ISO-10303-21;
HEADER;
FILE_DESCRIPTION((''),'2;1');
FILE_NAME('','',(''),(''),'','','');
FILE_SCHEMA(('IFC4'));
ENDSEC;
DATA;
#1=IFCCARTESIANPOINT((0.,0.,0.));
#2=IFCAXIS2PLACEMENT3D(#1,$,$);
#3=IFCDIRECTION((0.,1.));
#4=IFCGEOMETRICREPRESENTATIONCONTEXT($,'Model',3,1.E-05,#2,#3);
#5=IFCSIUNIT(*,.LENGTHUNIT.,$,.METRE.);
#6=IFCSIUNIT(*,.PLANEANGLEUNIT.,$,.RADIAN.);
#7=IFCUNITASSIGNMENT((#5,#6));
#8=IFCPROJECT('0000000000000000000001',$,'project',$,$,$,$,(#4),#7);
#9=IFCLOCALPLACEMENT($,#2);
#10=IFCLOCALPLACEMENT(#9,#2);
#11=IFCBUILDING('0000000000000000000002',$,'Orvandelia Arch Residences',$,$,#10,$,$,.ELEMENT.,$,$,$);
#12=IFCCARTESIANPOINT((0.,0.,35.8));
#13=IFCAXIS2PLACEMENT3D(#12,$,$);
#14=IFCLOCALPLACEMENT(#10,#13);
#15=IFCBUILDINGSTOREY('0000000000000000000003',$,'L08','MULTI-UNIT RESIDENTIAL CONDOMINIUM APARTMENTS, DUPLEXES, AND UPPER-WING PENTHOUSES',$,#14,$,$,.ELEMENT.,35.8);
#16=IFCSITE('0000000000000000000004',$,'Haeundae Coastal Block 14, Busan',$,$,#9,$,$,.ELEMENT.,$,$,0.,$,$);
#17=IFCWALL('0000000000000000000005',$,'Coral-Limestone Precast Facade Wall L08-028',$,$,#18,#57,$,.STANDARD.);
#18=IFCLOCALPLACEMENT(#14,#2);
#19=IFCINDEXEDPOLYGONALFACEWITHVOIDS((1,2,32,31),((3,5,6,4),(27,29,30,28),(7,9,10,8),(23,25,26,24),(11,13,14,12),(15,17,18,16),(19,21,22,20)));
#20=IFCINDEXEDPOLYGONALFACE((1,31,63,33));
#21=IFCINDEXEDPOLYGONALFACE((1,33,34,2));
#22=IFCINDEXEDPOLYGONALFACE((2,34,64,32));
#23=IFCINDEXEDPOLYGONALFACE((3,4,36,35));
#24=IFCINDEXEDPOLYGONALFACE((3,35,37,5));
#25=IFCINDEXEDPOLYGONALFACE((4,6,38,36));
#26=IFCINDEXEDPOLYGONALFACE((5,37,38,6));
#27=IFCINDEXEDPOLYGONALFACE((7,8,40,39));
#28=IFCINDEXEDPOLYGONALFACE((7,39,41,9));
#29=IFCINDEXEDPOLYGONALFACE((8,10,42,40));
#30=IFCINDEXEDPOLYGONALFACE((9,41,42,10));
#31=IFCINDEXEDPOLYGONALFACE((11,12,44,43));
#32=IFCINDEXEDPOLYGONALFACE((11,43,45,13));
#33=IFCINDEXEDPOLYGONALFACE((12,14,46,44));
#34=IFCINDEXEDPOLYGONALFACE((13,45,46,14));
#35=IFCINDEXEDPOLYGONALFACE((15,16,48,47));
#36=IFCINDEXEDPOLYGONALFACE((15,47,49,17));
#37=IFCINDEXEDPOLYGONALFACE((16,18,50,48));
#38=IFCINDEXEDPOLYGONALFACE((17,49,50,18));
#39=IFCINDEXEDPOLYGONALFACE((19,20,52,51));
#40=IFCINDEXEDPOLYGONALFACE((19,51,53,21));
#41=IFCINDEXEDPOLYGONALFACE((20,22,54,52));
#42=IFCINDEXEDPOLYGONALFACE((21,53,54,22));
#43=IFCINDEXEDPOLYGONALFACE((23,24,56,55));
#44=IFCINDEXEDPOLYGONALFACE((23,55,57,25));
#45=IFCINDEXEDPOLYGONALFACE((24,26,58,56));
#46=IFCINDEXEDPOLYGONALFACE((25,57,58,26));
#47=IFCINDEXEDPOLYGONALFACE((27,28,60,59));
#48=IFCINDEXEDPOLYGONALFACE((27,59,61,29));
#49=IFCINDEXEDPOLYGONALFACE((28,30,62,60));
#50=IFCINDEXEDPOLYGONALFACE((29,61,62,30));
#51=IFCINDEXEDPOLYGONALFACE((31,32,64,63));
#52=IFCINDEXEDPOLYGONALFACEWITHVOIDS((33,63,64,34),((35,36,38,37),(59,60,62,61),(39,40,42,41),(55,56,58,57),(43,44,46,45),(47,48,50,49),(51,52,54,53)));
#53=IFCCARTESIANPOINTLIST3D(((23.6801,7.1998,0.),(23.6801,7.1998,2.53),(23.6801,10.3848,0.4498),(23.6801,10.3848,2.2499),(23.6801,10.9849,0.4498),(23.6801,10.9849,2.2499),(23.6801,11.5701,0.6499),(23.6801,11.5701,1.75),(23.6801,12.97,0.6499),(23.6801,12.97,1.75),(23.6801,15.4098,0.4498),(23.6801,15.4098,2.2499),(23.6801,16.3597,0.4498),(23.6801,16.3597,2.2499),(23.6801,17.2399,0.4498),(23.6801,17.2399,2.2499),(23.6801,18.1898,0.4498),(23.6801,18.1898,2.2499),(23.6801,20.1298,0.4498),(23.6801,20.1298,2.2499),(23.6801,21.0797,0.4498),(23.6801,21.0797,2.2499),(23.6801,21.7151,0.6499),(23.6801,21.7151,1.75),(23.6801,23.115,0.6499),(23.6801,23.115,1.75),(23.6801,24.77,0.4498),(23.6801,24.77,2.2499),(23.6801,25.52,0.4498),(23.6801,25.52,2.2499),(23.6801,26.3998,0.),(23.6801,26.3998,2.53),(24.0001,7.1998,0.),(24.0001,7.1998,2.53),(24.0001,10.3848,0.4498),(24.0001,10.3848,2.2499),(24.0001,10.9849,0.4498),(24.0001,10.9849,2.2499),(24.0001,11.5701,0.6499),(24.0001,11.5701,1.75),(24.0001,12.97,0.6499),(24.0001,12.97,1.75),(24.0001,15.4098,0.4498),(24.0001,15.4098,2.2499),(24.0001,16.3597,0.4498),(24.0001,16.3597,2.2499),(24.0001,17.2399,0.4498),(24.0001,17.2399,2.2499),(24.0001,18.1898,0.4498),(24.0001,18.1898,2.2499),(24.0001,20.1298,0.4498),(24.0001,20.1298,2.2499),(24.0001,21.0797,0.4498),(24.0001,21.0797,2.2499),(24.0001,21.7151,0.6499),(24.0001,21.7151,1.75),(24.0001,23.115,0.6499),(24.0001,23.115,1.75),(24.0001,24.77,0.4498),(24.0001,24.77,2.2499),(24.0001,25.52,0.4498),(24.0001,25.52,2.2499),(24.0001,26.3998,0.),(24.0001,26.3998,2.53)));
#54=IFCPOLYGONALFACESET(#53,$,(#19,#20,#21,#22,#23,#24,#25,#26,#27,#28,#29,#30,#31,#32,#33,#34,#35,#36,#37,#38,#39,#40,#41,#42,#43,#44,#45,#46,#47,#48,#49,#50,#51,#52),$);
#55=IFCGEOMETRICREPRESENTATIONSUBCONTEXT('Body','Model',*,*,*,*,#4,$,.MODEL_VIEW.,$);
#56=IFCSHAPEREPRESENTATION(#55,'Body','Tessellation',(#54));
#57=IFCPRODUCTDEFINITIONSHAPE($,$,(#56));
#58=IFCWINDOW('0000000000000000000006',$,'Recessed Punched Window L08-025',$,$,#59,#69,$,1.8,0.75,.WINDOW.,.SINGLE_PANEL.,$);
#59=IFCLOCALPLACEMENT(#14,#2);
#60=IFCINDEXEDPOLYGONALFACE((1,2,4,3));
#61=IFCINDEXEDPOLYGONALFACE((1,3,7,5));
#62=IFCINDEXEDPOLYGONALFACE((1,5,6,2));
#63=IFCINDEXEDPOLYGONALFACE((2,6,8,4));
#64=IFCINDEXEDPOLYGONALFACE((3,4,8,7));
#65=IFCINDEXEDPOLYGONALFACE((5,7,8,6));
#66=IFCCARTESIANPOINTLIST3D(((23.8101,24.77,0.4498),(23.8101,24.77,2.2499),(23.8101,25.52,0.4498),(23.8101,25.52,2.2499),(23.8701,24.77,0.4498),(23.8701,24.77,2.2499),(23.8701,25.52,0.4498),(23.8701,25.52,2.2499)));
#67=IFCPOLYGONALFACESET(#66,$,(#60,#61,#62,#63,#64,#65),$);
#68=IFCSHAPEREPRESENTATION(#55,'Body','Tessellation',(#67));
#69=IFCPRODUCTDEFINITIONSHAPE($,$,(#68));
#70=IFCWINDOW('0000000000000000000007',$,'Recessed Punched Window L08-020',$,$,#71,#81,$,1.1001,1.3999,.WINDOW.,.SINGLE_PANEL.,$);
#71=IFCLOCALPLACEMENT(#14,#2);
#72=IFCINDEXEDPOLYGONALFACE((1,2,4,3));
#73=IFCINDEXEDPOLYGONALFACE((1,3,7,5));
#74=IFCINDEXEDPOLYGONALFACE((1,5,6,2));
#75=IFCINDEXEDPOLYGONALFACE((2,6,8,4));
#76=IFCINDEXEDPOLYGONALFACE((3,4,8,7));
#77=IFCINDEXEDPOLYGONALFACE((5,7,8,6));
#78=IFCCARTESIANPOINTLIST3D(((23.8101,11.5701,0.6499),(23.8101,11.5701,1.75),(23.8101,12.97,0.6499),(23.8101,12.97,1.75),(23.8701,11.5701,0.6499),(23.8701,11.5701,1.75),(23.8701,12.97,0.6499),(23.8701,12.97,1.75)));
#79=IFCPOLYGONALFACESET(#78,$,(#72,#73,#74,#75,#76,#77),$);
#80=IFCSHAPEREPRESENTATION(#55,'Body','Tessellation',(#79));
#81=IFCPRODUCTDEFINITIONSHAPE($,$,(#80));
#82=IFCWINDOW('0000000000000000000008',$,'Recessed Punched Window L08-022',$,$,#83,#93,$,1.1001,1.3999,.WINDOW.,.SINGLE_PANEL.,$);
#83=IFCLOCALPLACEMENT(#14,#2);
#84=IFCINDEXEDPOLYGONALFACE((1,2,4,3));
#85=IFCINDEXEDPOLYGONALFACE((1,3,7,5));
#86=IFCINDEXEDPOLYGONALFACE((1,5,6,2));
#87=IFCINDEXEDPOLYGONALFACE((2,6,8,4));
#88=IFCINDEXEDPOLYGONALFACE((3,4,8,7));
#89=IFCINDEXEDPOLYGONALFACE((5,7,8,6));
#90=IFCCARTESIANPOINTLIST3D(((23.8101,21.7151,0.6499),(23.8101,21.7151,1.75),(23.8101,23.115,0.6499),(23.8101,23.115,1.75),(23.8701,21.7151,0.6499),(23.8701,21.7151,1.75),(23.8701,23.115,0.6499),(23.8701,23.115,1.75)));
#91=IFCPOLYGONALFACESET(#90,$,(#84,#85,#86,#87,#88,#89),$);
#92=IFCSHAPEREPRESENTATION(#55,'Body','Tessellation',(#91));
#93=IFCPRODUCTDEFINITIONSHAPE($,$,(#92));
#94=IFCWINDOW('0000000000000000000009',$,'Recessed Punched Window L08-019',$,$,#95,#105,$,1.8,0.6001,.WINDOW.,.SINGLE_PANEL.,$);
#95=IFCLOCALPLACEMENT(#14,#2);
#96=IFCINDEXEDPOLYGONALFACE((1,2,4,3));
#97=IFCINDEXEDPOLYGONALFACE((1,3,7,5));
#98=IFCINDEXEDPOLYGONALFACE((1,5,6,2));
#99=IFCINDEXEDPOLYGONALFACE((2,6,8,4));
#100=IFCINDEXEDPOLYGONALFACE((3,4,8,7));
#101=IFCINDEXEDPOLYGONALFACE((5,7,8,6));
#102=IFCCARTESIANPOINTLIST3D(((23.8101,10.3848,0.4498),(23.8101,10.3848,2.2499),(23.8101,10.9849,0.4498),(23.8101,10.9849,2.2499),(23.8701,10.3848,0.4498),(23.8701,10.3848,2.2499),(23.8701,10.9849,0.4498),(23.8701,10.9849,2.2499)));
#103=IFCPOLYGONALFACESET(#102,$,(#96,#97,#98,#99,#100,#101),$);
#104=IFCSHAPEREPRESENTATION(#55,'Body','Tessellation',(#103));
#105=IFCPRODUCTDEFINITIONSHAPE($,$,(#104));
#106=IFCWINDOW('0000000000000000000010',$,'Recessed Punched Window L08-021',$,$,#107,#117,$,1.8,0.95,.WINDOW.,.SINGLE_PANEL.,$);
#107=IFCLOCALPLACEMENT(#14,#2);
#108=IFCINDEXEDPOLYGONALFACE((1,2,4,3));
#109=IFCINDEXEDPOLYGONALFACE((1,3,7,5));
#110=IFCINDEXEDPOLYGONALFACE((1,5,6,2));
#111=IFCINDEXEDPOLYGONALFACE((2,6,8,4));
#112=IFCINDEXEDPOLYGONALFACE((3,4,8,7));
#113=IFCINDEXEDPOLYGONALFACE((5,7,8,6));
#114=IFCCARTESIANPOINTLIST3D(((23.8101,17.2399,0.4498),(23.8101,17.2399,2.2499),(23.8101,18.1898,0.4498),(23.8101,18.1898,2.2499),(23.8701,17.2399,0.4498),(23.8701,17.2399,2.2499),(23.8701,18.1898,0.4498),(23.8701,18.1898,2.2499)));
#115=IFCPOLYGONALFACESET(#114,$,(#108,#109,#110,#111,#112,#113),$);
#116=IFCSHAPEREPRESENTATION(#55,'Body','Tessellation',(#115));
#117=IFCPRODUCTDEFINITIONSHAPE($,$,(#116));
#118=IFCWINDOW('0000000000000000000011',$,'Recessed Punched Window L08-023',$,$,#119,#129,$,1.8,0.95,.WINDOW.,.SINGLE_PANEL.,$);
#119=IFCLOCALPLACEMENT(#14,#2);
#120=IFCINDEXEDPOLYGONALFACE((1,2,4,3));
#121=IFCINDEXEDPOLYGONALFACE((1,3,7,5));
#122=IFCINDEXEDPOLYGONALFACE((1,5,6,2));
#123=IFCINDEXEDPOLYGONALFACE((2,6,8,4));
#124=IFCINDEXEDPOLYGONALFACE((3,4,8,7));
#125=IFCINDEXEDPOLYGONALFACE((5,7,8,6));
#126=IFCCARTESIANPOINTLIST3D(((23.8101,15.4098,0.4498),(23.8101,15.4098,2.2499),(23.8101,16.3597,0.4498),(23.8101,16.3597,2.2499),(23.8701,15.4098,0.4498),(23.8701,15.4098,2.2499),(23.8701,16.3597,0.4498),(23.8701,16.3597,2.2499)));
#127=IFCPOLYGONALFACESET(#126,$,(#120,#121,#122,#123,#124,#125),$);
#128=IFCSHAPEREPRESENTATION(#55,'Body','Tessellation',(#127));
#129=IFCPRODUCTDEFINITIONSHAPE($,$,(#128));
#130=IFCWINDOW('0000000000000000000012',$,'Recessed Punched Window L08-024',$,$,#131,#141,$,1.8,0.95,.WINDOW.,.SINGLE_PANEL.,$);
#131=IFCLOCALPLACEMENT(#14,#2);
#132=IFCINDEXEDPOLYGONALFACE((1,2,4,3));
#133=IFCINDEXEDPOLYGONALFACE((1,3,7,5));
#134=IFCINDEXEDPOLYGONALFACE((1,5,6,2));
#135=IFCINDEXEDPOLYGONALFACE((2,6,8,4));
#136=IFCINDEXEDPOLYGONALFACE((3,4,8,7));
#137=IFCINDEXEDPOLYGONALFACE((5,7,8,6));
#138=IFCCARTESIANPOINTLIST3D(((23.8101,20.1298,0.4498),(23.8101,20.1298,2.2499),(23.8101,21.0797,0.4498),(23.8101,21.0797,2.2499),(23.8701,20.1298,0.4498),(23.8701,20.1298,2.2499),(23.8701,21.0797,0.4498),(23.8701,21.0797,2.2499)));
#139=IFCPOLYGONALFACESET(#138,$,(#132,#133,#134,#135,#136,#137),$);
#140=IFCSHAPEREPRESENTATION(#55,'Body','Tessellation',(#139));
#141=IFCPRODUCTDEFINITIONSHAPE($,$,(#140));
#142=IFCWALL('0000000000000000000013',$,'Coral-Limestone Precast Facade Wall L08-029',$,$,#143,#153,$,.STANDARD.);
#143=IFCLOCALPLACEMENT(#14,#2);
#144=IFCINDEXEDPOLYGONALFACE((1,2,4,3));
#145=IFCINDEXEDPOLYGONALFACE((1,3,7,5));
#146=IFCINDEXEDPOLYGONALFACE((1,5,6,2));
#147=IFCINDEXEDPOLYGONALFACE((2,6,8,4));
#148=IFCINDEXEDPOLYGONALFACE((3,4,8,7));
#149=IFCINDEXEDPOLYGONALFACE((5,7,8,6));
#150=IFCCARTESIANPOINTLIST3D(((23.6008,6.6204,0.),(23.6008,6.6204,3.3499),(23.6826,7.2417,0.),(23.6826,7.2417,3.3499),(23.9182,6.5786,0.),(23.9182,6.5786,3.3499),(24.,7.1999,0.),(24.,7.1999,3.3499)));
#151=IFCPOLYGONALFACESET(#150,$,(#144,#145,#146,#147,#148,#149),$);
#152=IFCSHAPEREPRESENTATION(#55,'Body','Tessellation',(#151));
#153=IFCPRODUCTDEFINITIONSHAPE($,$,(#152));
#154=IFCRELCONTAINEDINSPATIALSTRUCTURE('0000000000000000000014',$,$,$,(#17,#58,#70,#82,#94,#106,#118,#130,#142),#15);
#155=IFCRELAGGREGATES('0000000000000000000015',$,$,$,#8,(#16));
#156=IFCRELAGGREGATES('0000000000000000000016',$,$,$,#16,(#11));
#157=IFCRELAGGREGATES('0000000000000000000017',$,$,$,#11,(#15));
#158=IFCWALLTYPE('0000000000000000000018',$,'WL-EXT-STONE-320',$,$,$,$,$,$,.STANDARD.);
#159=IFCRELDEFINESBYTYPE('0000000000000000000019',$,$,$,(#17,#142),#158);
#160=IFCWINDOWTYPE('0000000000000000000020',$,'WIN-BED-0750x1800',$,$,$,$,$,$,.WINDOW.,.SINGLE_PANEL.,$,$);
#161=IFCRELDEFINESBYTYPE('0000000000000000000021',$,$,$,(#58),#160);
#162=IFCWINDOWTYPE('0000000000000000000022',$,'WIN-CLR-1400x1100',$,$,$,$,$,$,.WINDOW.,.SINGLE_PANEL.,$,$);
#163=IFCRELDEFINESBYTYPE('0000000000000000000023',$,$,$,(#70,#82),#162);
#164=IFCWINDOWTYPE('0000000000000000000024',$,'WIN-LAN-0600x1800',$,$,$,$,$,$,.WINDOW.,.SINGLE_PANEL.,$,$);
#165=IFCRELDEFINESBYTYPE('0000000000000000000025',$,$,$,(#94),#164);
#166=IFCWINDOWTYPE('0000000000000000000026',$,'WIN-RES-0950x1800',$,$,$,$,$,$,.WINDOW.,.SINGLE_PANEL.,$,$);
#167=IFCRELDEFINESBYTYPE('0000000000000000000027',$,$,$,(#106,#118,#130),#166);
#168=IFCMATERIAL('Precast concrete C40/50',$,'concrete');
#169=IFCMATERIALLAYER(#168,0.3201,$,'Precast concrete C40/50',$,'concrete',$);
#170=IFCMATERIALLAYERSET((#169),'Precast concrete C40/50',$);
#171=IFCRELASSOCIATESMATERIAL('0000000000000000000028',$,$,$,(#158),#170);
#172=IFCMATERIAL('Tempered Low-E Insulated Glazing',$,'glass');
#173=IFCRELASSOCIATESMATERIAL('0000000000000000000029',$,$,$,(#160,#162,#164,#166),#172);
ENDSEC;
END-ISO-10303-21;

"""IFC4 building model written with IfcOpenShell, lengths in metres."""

from ifc_helpers import new_model, si_unit, direction, frame, frame_2d, origin, place, context, subcontext, project, spatial, rectangle, extrude, material, layer, layer_set, type_object, element, fill, save


model = new_model("IFC4")

# Units and contexts
model_context = context("Model", 3, precision=1e-05, world=origin(), true_north=direction((0.0, 1.0)))
body_context = subcontext(model_context, "Body", "Model", "MODEL_VIEW")
ifc_project = project(units=[si_unit("LENGTHUNIT", "METRE"), si_unit("PLANEANGLEUNIT", "RADIAN")], contexts=[model_context])

# Site, building, storey
site_placement = place(None, origin())
site = spatial("IfcSite", under=ifc_project, at=site_placement, Name="Haeundae Coastal Block 14, Busan", CompositionType="ELEMENT", RefElevation=0.0)
building_placement = place(site_placement, origin())
building = spatial("IfcBuilding", under=site, at=building_placement, Name="Orvandelia Arch Residences", CompositionType="ELEMENT")
storey_placement = place(building_placement, frame((0.0, 0.0, 35.8)))
storey = spatial("IfcBuildingStorey", under=building, at=storey_placement, Name="L08", Description="MULTI-UNIT RESIDENTIAL CONDOMINIUM APARTMENTS, DUPLEXES, AND UPPER-WING PENTHOUSES", CompositionType="ELEMENT", Elevation=35.8)

# Shared definitions
ifc_material_1 = material(Name="Precast concrete C40/50", Category="concrete")
ifc_layer = layer(ifc_material_1, 0.3201, Name="Precast concrete C40/50", Category="concrete")
ifc_layer_set = layer_set([ifc_layer], Name="Precast concrete C40/50")
wall_type = type_object("IfcWallType", Name="WL-EXT-STONE-320", PredefinedType="STANDARD", material=ifc_layer_set)

# Wall, openings, windows
wall_1_placement = place(storey_placement, frame((23.8401, 26.3999, 0.0), z_axis=(0.0, 0.0, 1.0), x_axis=(0.0, -1.0, 0.0)))
wall_1 = element("IfcWall", 1, at=wall_1_placement, inside=storey, type_object=wall_type, Name="Coral-Limestone Precast Facade Wall L08-028", PredefinedType="STANDARD", context=body_context, shape_type="SweptSolid", body=[
    extrude(rectangle(XDim=19.2, YDim=0.3201, at=frame_2d((9.6001, 0.0))), origin(), (0.0, 0.0, 1.0), 2.53),
])
opening_1_placement = place(wall_1_placement, frame((15.415, 0.0, 0.45)))
opening_1 = element("IfcOpeningElement", 2, at=opening_1_placement, cuts=wall_1, PredefinedType="OPENING", context=body_context, shape_type="SweptSolid", body=[
    extrude(rectangle(XDim=0.6001, YDim=1.8, at=frame_2d((0.3, 0.8999))), frame((0.0, 0.1699, 0.0), z_axis=(0.0, -1.0, 0.0), x_axis=(1.0, 0.0, 0.0)), (0.0, 0.0, 1.0), 0.3401),
])
opening_2_placement = place(wall_1_placement, frame((13.4299, 0.0, 0.6499)))
opening_2 = element("IfcOpeningElement", 3, at=opening_2_placement, cuts=wall_1, PredefinedType="OPENING", context=body_context, shape_type="SweptSolid", body=[
    extrude(rectangle(XDim=1.3999, YDim=1.1001, at=frame_2d((0.7, 0.55))), frame((0.0, 0.1699, 0.0), z_axis=(0.0, -1.0, 0.0), x_axis=(1.0, 0.0, 0.0)), (0.0, 0.0, 1.0), 0.3401),
])
opening_3_placement = place(wall_1_placement, frame((8.21, 0.0, 0.45)))
opening_3 = element("IfcOpeningElement", 4, at=opening_3_placement, cuts=wall_1, PredefinedType="OPENING", context=body_context, shape_type="SweptSolid", body=[
    extrude(rectangle(XDim=0.95, YDim=1.8, at=frame_2d((0.4751, 0.8999))), frame((0.0, 0.1699, 0.0), z_axis=(0.0, -1.0, 0.0), x_axis=(1.0, 0.0, 0.0)), (0.0, 0.0, 1.0), 0.3401),
])
opening_4_placement = place(wall_1_placement, frame((3.2849, 0.0, 0.6499)))
opening_4 = element("IfcOpeningElement", 5, at=opening_4_placement, cuts=wall_1, PredefinedType="OPENING", context=body_context, shape_type="SweptSolid", body=[
    extrude(rectangle(XDim=1.3999, YDim=1.1001, at=frame_2d((0.7, 0.55))), frame((0.0, 0.1699, 0.0), z_axis=(0.0, -1.0, 0.0), x_axis=(1.0, 0.0, 0.0)), (0.0, 0.0, 1.0), 0.3401),
])
opening_5_placement = place(wall_1_placement, frame((10.04, 0.0, 0.45)))
opening_5 = element("IfcOpeningElement", 6, at=opening_5_placement, cuts=wall_1, PredefinedType="OPENING", context=body_context, shape_type="SweptSolid", body=[
    extrude(rectangle(XDim=0.95, YDim=1.8, at=frame_2d((0.4751, 0.8999))), frame((0.0, 0.1699, 0.0), z_axis=(0.0, -1.0, 0.0), x_axis=(1.0, 0.0, 0.0)), (0.0, 0.0, 1.0), 0.3401),
])
opening_6_placement = place(wall_1_placement, frame((5.3201, 0.0, 0.45)))
opening_6 = element("IfcOpeningElement", 7, at=opening_6_placement, cuts=wall_1, PredefinedType="OPENING", context=body_context, shape_type="SweptSolid", body=[
    extrude(rectangle(XDim=0.95, YDim=1.8, at=frame_2d((0.4751, 0.8999))), frame((0.0, 0.1699, 0.0), z_axis=(0.0, -1.0, 0.0), x_axis=(1.0, 0.0, 0.0)), (0.0, 0.0, 1.0), 0.3401),
])
opening_7_placement = place(wall_1_placement, frame((0.8799, 0.0, 0.45)))
opening_7 = element("IfcOpeningElement", 8, at=opening_7_placement, cuts=wall_1, PredefinedType="OPENING", context=body_context, shape_type="SweptSolid", body=[
    extrude(rectangle(XDim=0.75, YDim=1.8, at=frame_2d((0.375, 0.8999))), frame((0.0, 0.1699, 0.0), z_axis=(0.0, -1.0, 0.0), x_axis=(1.0, 0.0, 0.0)), (0.0, 0.0, 1.0), 0.3401),
])
ifc_material_2 = material(Name="Tempered Low-E Insulated Glazing", Category="glass")
window_type_1 = type_object("IfcWindowType", Name="WIN-BED-0750x1800", PartitioningType="SINGLE_PANEL", PredefinedType="WINDOW", material=ifc_material_2)
window_1_placement = place(opening_7_placement, origin())
window_1 = element("IfcWindow", 9, at=window_1_placement, inside=storey, type_object=window_type_1, Name="Recessed Punched Window L08-025", OverallHeight=1.8, OverallWidth=0.75, PartitioningType="SINGLE_PANEL", PredefinedType="WINDOW", context=body_context, shape_type="SweptSolid", body=[
    extrude(rectangle(XDim=0.75, YDim=1.8, at=frame_2d((0.375, 0.8999))), frame((0.0, 0.03, 0.0), z_axis=(0.0, -1.0, 0.0), x_axis=(1.0, 0.0, 0.0)), (0.0, 0.0, 1.0), 0.0601),
])
fill(opening_7, window_1)
window_type_2 = type_object("IfcWindowType", Name="WIN-CLR-1400x1100", PartitioningType="SINGLE_PANEL", PredefinedType="WINDOW", material=ifc_material_2)
window_2_placement = place(opening_2_placement, origin())
window_2 = element("IfcWindow", 10, at=window_2_placement, inside=storey, type_object=window_type_2, Name="Recessed Punched Window L08-020", OverallHeight=1.1001, OverallWidth=1.3999, PartitioningType="SINGLE_PANEL", PredefinedType="WINDOW", context=body_context, shape_type="SweptSolid", body=[
    extrude(rectangle(XDim=1.3999, YDim=1.1001, at=frame_2d((0.7, 0.55))), frame((0.0, 0.03, 0.0), z_axis=(0.0, -1.0, 0.0), x_axis=(1.0, 0.0, 0.0)), (0.0, 0.0, 1.0), 0.0601),
])
fill(opening_2, window_2)
window_3_placement = place(opening_4_placement, origin())
window_3 = element("IfcWindow", 11, at=window_3_placement, inside=storey, type_object=window_type_2, Name="Recessed Punched Window L08-022", OverallHeight=1.1001, OverallWidth=1.3999, PartitioningType="SINGLE_PANEL", PredefinedType="WINDOW", context=body_context, shape_type="SweptSolid", body=[
    extrude(rectangle(XDim=1.3999, YDim=1.1001, at=frame_2d((0.7, 0.55))), frame((0.0, 0.03, 0.0), z_axis=(0.0, -1.0, 0.0), x_axis=(1.0, 0.0, 0.0)), (0.0, 0.0, 1.0), 0.0601),
])
fill(opening_4, window_3)
window_type_3 = type_object("IfcWindowType", Name="WIN-LAN-0600x1800", PartitioningType="SINGLE_PANEL", PredefinedType="WINDOW", material=ifc_material_2)
window_4_placement = place(opening_1_placement, origin())
window_4 = element("IfcWindow", 12, at=window_4_placement, inside=storey, type_object=window_type_3, Name="Recessed Punched Window L08-019", OverallHeight=1.8, OverallWidth=0.6001, PartitioningType="SINGLE_PANEL", PredefinedType="WINDOW", context=body_context, shape_type="SweptSolid", body=[
    extrude(rectangle(XDim=0.6001, YDim=1.8, at=frame_2d((0.3, 0.8999))), frame((0.0, 0.03, 0.0), z_axis=(0.0, -1.0, 0.0), x_axis=(1.0, 0.0, 0.0)), (0.0, 0.0, 1.0), 0.0601),
])
fill(opening_1, window_4)
window_type_4 = type_object("IfcWindowType", Name="WIN-RES-0950x1800", PartitioningType="SINGLE_PANEL", PredefinedType="WINDOW", material=ifc_material_2)
window_5_placement = place(opening_3_placement, origin())
window_5 = element("IfcWindow", 13, at=window_5_placement, inside=storey, type_object=window_type_4, Name="Recessed Punched Window L08-021", OverallHeight=1.8, OverallWidth=0.95, PartitioningType="SINGLE_PANEL", PredefinedType="WINDOW", context=body_context, shape_type="SweptSolid", body=[
    extrude(rectangle(XDim=0.95, YDim=1.8, at=frame_2d((0.4751, 0.8999))), frame((0.0, 0.03, 0.0), z_axis=(0.0, -1.0, 0.0), x_axis=(1.0, 0.0, 0.0)), (0.0, 0.0, 1.0), 0.0601),
])
fill(opening_3, window_5)
window_6_placement = place(opening_5_placement, origin())
window_6 = element("IfcWindow", 14, at=window_6_placement, inside=storey, type_object=window_type_4, Name="Recessed Punched Window L08-023", OverallHeight=1.8, OverallWidth=0.95, PartitioningType="SINGLE_PANEL", PredefinedType="WINDOW", context=body_context, shape_type="SweptSolid", body=[
    extrude(rectangle(XDim=0.95, YDim=1.8, at=frame_2d((0.4751, 0.8999))), frame((0.0, 0.03, 0.0), z_axis=(0.0, -1.0, 0.0), x_axis=(1.0, 0.0, 0.0)), (0.0, 0.0, 1.0), 0.0601),
])
fill(opening_5, window_6)
window_7_placement = place(opening_6_placement, origin())
window_7 = element("IfcWindow", 15, at=window_7_placement, inside=storey, type_object=window_type_4, Name="Recessed Punched Window L08-024", OverallHeight=1.8, OverallWidth=0.95, PartitioningType="SINGLE_PANEL", PredefinedType="WINDOW", context=body_context, shape_type="SweptSolid", body=[
    extrude(rectangle(XDim=0.95, YDim=1.8, at=frame_2d((0.4751, 0.8999))), frame((0.0, 0.03, 0.0), z_axis=(0.0, -1.0, 0.0), x_axis=(1.0, 0.0, 0.0)), (0.0, 0.0, 1.0), 0.0601),
])
fill(opening_6, window_7)

# Wall
wall_2_placement = place(storey_placement, frame((23.8413, 7.2209, 0.0), z_axis=(0.0, 0.0, 1.0), x_axis=(-0.130505, -0.991448, 0.0)))
element("IfcWall", 16, at=wall_2_placement, inside=storey, type_object=wall_type, Name="Coral-Limestone Precast Facade Wall L08-029", PredefinedType="STANDARD", context=body_context, shape_type="SweptSolid", body=[
    extrude(rectangle(XDim=0.6267, YDim=0.3201, at=frame_2d((0.3135, 0.0))), origin(), (0.0, 0.0, 1.0), 3.3499),
])

save(model, "model.ifc")
